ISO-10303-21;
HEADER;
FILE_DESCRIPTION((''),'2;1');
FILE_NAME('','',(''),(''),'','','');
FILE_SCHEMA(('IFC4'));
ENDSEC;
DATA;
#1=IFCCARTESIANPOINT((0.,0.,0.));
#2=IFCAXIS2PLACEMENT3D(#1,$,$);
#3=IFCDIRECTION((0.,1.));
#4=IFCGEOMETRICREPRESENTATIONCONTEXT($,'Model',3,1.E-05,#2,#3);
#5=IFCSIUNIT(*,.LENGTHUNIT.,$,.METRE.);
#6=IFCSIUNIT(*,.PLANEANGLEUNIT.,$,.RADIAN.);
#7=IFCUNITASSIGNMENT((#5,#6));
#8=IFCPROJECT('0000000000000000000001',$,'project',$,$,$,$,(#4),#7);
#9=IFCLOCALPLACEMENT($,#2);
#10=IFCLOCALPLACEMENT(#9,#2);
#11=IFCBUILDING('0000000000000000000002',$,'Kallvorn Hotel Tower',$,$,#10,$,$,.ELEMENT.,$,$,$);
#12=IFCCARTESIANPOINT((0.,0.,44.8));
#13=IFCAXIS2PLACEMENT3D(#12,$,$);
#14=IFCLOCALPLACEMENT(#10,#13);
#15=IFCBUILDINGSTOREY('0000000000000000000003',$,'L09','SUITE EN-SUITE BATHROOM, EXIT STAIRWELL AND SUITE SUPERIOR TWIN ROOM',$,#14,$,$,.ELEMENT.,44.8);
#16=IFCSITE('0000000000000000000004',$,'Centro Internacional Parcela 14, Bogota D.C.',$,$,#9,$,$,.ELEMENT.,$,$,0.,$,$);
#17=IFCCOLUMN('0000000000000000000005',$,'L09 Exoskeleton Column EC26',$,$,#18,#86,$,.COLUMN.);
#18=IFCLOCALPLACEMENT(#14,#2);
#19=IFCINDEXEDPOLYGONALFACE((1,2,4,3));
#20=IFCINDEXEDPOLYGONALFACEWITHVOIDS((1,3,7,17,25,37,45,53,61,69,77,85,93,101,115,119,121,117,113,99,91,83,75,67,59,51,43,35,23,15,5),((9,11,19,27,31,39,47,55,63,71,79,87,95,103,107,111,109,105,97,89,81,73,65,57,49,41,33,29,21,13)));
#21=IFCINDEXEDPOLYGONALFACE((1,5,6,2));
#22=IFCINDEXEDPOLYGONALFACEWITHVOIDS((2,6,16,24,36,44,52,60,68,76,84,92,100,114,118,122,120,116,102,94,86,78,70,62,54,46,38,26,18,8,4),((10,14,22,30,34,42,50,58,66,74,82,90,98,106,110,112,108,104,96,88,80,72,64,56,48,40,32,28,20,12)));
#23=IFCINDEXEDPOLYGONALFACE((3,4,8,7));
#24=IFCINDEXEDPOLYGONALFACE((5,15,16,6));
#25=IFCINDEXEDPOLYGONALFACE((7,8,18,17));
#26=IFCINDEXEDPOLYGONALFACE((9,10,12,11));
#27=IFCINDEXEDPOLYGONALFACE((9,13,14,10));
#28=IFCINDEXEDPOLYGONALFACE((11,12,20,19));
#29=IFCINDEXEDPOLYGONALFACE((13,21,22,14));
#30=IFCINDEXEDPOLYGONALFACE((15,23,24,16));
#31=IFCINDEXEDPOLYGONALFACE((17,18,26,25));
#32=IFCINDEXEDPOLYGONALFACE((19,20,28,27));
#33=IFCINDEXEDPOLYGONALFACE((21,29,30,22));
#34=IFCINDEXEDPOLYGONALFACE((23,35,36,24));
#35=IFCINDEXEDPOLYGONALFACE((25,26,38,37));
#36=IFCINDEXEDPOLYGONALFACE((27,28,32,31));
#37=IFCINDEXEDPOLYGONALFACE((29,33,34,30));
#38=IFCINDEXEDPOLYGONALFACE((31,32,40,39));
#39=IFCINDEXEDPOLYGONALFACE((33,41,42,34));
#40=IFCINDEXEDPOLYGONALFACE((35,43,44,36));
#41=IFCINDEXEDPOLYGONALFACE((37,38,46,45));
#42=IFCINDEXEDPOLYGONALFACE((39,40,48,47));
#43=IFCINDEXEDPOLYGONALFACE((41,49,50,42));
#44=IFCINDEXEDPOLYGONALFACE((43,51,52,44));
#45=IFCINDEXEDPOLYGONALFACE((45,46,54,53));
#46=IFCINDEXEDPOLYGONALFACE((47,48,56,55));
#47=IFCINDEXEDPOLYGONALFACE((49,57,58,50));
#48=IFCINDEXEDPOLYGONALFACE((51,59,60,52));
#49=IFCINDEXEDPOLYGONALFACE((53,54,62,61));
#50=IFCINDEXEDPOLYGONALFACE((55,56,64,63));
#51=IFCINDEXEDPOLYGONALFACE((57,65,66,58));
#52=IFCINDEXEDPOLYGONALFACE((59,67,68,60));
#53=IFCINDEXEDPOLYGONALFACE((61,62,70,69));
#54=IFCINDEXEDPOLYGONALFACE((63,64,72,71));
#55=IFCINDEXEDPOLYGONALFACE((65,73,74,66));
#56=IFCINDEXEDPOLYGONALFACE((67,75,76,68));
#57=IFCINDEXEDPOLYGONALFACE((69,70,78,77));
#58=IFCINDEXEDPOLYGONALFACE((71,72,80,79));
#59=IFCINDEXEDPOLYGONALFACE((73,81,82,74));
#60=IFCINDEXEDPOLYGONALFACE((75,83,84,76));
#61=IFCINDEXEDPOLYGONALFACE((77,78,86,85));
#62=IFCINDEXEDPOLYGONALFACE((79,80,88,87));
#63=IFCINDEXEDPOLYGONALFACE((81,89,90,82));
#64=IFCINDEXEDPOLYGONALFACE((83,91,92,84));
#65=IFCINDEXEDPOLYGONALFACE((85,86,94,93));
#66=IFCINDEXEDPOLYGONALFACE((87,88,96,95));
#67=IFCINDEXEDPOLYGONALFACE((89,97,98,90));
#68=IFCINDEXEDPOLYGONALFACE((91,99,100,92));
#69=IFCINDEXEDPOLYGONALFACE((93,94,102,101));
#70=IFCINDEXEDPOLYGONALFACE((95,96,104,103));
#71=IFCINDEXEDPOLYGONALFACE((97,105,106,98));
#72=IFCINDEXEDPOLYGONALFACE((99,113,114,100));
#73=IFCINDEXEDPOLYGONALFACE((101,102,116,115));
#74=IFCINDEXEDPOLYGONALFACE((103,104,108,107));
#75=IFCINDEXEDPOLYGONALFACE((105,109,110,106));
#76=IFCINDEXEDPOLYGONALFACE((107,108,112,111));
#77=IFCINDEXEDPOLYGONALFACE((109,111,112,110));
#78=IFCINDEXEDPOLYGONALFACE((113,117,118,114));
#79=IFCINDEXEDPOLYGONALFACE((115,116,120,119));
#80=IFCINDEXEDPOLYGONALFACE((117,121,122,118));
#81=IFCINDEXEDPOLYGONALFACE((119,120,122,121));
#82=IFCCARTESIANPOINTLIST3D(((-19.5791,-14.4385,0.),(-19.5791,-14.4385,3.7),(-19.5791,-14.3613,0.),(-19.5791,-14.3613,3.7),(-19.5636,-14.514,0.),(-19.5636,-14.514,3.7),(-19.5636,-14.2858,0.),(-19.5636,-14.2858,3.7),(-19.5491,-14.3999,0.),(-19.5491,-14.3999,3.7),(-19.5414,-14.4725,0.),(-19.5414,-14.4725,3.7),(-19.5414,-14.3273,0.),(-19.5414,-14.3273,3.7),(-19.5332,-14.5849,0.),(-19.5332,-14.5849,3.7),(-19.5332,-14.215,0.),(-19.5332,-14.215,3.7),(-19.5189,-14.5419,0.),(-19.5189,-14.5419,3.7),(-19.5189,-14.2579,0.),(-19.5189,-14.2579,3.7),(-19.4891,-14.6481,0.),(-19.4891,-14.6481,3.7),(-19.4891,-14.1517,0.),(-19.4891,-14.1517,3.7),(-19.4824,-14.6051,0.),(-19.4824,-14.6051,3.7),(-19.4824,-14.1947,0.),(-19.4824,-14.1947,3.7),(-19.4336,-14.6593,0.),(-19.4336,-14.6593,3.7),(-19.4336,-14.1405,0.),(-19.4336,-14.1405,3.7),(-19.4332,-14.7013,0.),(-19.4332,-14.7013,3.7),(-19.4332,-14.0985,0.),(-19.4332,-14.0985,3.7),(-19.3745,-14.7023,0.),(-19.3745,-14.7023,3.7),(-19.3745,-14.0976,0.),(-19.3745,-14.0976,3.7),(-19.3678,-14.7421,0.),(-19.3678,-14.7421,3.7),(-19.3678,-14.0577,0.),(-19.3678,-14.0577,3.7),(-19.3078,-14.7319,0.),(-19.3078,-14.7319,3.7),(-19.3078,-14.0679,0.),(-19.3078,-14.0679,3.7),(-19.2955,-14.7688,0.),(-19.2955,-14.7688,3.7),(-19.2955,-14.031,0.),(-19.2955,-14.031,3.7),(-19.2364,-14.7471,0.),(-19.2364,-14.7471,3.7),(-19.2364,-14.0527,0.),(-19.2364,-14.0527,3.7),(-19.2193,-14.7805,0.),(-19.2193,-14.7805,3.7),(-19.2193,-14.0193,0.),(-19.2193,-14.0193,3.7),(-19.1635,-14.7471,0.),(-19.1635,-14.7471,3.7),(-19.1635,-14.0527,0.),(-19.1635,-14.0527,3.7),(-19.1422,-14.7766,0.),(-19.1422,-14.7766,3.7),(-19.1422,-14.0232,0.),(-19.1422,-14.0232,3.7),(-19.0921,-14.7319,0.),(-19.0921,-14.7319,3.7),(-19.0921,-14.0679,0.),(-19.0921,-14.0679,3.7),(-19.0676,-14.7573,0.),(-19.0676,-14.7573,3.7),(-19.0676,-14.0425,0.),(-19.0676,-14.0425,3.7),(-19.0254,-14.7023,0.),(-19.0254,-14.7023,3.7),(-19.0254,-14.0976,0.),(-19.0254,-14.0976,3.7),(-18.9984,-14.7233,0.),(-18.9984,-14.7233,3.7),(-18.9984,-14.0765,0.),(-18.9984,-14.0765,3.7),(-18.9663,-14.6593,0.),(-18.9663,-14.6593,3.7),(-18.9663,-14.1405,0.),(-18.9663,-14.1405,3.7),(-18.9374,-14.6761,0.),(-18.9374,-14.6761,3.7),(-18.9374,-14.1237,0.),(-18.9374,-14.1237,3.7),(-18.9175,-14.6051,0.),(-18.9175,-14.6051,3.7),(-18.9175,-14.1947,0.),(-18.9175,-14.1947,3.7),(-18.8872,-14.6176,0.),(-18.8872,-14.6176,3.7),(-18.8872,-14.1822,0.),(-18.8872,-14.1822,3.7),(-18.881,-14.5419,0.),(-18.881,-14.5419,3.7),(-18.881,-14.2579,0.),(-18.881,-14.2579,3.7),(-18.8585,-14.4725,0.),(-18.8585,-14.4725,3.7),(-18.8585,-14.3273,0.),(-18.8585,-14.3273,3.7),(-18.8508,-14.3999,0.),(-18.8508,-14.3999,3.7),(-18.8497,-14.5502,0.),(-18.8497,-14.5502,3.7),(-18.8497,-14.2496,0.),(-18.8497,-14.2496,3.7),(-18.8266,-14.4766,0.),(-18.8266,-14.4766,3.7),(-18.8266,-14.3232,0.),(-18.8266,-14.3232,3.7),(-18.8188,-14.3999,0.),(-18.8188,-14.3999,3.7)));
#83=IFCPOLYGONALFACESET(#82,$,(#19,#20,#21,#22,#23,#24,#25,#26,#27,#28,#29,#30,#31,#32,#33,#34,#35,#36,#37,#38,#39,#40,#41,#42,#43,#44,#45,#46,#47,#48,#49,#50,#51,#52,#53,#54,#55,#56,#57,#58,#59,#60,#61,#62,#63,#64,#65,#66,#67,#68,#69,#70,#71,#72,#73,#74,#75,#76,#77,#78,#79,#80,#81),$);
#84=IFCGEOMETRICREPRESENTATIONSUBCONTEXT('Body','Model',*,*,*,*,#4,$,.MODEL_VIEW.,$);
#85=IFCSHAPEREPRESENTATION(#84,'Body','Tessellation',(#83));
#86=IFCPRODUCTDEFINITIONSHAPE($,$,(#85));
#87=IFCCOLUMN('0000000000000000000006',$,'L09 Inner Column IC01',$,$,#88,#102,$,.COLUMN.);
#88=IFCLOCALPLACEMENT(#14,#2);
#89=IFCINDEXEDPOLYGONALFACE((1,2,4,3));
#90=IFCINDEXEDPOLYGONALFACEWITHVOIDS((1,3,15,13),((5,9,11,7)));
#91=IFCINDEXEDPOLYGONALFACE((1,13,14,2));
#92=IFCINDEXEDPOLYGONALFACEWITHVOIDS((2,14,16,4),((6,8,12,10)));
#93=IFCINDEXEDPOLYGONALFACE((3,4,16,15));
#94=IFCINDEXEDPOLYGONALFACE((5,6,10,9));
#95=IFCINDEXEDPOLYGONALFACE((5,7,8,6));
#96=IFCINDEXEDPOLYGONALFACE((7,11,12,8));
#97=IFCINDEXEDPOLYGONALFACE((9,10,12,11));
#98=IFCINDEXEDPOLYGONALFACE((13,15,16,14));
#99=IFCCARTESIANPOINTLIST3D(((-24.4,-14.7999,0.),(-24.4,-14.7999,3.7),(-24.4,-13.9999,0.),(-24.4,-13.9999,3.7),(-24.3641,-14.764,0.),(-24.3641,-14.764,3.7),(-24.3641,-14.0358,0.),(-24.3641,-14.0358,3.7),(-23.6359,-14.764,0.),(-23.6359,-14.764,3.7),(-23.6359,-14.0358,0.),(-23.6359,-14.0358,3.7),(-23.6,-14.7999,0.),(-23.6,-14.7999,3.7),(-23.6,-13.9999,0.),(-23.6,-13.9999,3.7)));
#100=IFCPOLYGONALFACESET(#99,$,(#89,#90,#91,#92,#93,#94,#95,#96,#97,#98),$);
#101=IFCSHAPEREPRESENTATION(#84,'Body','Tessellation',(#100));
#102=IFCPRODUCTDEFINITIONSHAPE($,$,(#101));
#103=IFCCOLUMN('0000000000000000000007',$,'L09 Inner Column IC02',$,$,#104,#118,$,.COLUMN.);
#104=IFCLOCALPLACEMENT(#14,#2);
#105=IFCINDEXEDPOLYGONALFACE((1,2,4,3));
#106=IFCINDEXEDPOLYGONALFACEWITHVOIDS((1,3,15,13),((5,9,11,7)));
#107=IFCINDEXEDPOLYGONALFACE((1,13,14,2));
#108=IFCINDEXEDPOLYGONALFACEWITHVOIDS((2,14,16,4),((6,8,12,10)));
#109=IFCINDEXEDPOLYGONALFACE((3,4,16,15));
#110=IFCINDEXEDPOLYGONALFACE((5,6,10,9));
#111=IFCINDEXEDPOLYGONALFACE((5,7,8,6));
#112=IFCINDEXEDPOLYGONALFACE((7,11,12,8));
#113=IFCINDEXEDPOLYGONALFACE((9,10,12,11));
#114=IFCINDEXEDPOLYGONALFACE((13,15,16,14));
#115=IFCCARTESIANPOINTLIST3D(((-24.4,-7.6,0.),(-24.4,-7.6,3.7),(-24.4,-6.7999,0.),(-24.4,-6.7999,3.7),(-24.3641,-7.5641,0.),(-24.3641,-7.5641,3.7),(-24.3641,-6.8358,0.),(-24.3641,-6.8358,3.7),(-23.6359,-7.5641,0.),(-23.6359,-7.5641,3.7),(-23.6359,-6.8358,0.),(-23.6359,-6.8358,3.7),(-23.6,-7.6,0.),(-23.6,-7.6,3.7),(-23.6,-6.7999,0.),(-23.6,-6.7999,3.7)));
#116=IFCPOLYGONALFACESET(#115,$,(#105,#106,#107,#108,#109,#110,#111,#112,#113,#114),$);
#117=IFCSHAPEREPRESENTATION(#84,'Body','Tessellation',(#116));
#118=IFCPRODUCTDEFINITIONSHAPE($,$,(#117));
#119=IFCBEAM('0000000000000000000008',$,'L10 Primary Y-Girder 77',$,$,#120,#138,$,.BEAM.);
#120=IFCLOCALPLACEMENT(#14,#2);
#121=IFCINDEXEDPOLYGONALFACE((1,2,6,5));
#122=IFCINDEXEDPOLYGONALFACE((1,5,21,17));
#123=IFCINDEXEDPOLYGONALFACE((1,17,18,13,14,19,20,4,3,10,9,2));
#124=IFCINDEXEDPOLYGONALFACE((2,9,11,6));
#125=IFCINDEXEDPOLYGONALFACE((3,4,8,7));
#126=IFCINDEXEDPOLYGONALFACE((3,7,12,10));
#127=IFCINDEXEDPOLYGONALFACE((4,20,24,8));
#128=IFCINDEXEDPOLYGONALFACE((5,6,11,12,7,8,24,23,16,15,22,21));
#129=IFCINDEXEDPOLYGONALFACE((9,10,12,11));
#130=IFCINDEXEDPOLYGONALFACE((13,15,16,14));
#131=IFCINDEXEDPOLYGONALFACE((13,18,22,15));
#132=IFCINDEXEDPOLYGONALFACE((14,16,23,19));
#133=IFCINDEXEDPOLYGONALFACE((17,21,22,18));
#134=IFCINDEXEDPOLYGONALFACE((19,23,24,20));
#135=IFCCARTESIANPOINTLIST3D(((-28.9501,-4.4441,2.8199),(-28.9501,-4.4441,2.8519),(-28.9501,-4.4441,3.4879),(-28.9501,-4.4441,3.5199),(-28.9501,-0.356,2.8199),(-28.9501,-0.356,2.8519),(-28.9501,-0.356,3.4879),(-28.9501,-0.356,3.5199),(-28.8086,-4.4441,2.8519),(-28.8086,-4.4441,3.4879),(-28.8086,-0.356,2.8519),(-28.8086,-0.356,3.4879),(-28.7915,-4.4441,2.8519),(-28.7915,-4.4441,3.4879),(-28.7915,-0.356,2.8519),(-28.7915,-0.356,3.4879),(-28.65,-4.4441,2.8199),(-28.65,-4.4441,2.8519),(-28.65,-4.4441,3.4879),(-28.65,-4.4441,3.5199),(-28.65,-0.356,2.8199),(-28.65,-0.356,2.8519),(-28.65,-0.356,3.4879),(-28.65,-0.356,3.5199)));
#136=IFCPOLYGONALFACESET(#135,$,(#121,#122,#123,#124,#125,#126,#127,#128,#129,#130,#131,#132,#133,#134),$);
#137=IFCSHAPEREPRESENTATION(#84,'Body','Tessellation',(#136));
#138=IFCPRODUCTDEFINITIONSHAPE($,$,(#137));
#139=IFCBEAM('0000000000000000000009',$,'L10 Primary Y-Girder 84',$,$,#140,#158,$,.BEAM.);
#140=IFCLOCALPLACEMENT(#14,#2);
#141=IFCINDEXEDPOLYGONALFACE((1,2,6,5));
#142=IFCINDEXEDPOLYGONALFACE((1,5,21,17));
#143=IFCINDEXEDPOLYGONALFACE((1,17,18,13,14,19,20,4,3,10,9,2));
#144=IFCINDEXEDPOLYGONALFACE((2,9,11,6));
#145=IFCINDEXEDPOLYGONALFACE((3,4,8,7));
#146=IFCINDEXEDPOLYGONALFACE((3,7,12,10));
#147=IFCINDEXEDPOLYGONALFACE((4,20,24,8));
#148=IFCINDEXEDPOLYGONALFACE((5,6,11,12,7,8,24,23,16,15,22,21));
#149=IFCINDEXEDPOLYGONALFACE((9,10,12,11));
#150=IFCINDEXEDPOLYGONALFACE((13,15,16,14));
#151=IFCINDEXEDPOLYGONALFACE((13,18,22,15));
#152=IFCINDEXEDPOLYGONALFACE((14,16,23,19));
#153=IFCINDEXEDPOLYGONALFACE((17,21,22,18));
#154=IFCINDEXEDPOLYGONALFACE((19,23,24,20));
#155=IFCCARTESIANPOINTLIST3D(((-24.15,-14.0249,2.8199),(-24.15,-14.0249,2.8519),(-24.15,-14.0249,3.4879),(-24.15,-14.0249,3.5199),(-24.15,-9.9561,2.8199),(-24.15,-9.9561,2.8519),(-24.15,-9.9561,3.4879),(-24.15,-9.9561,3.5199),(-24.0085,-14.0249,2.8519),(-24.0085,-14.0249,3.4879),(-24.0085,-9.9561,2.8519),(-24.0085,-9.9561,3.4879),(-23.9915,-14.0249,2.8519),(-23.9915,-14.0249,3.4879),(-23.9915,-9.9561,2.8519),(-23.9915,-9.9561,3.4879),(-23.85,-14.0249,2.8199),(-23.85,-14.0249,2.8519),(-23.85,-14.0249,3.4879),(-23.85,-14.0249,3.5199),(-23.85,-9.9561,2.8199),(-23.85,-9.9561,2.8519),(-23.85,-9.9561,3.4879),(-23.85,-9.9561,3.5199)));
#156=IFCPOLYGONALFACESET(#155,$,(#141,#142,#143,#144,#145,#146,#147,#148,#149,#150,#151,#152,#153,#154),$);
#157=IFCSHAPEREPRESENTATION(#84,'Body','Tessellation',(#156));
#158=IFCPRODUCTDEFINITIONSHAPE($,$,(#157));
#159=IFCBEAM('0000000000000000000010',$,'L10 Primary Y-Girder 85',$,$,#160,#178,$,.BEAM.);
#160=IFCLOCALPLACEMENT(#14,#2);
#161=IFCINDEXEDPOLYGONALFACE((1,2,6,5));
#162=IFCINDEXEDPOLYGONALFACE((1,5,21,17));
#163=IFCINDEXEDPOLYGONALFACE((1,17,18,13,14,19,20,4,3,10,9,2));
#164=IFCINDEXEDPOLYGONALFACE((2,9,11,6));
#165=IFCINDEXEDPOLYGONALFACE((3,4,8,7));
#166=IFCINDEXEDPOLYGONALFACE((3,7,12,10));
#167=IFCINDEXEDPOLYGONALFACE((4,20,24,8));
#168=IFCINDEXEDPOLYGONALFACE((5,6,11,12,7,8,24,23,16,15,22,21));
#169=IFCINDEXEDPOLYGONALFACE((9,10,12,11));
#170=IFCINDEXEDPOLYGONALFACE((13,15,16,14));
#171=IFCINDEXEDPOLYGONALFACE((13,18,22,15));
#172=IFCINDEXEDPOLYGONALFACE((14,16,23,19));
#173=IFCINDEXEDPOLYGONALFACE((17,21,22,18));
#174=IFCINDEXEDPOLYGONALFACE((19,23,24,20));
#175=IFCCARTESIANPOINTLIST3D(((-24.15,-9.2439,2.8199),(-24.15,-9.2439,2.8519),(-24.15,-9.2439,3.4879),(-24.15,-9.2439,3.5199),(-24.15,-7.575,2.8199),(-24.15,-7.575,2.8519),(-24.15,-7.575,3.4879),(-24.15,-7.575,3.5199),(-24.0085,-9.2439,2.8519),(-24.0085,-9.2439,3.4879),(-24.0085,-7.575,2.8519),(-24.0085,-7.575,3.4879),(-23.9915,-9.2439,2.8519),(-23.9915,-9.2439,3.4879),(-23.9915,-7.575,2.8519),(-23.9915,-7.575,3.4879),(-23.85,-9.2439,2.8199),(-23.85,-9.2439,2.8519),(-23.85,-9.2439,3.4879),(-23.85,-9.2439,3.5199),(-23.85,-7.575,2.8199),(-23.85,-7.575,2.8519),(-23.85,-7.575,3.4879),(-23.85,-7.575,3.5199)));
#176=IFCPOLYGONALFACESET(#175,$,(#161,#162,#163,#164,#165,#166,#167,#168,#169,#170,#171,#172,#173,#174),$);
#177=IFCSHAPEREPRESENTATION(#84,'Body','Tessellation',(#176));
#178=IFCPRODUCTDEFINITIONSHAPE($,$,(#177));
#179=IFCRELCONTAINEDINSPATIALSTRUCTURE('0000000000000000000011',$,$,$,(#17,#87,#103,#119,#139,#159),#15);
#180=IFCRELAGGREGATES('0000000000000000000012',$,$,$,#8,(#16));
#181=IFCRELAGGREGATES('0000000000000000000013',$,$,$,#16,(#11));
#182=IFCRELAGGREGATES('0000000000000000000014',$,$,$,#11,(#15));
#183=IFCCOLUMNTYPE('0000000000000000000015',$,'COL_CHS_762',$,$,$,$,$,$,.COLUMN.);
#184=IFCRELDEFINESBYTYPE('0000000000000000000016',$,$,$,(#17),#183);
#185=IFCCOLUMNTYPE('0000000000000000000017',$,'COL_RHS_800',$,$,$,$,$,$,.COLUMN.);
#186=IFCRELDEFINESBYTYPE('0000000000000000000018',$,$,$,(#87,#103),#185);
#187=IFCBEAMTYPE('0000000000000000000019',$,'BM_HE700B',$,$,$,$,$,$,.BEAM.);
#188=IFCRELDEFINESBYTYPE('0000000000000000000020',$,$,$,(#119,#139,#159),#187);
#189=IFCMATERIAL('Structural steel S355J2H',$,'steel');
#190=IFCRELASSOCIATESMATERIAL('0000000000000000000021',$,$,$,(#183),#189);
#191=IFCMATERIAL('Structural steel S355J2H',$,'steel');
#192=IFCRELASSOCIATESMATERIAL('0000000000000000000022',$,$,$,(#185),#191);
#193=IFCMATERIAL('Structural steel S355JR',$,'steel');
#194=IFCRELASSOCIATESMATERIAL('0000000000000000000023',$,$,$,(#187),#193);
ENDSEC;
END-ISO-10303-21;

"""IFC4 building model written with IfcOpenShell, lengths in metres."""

from ifc_helpers import new_model, si_unit, direction, frame, origin, origin_2d, place, context, subcontext, project, spatial, hollow_rectangle, hollow_circle, i_section, extrude, material, material_profile, profile_set, type_object, element, save


model = new_model("IFC4")

# Units and contexts
model_context = context("Model", 3, precision=1e-05, world=origin(), true_north=direction((0.0, 1.0)))
body_context = subcontext(model_context, "Body", "Model", "MODEL_VIEW")
ifc_project = project(units=[si_unit("LENGTHUNIT", "METRE"), si_unit("PLANEANGLEUNIT", "RADIAN")], contexts=[model_context])

# Site, building, storey
site_placement = place(None, origin())
site = spatial("IfcSite", under=ifc_project, at=site_placement, Name="Centro Internacional Parcela 14, Bogota D.C.", CompositionType="ELEMENT", RefElevation=0.0)
building_placement = place(site_placement, origin())
building = spatial("IfcBuilding", under=site, at=building_placement, Name="Kallvorn Hotel Tower", CompositionType="ELEMENT")
storey_placement = place(building_placement, frame((0.0, 0.0, 44.8)))
storey = spatial("IfcBuildingStorey", under=building, at=storey_placement, Name="L09", Description="SUITE EN-SUITE BATHROOM, EXIT STAIRWELL AND SUITE SUPERIOR TWIN ROOM", CompositionType="ELEMENT", Elevation=44.8)

# Columns
ifc_material_1 = material(Name="Structural steel S355J2H", Category="steel")
ifc_material_profile_1 = material_profile(ifc_material_1, hollow_circle(Radius=0.3811, WallThickness=0.032, at=origin_2d()), Name="CHS 762x32")
ifc_profile_set_1 = profile_set([ifc_material_profile_1], Name="Structural steel S355J2H")
column_type_1 = type_object("IfcColumnType", Name="COL_CHS_762", PredefinedType="COLUMN", material=ifc_profile_set_1)
for number, where, z_axis, x_axis, name in (
    (1, (-19.2, -14.3999, 0.0), (0.0, 0.0, 1.0), (1.0, 0.0, 0.0), "L09 Exoskeleton Column EC26"),
):
    element("IfcColumn", number, at=place(storey_placement, frame(where, z_axis=z_axis, x_axis=x_axis)), inside=storey, type_object=column_type_1, Name=name, PredefinedType="COLUMN", context=body_context, shape_type="SweptSolid", body=[
        extrude(hollow_circle(Radius=0.3811, WallThickness=0.032, at=origin_2d()), origin(), (0.0, 0.0, 1.0), 3.7),
    ])
ifc_material_2 = material(Name="Structural steel S355J2H", Category="steel")
ifc_material_profile_2 = material_profile(ifc_material_2, hollow_rectangle(XDim=0.8, YDim=0.8, WallThickness=0.0359, at=origin_2d()), Name="RHS 800x800x36")
ifc_profile_set_2 = profile_set([ifc_material_profile_2], Name="Structural steel S355J2H")
column_type_2 = type_object("IfcColumnType", Name="COL_RHS_800", PredefinedType="COLUMN", material=ifc_profile_set_2)
for number, where, z_axis, x_axis, name in (
    (2, (-24.0, -14.3999, 0.0), (0.0, 0.0, 1.0), (1.0, 0.0, 0.0), "L09 Inner Column IC01"),
    (3, (-24.0, -7.2, 0.0), (0.0, 0.0, 1.0), (1.0, 0.0, 0.0), "L09 Inner Column IC02"),
):
    element("IfcColumn", number, at=place(storey_placement, frame(where, z_axis=z_axis, x_axis=x_axis)), inside=storey, type_object=column_type_2, Name=name, PredefinedType="COLUMN", context=body_context, shape_type="SweptSolid", body=[
        extrude(hollow_rectangle(XDim=0.8, YDim=0.8, WallThickness=0.0359, at=origin_2d()), origin(), (0.0, 0.0, 1.0), 3.7),
    ])

# Beams
ifc_material_3 = material(Name="Structural steel S355JR", Category="steel")
ifc_material_profile_3 = material_profile(ifc_material_3, i_section(OverallWidth=0.3, OverallDepth=0.7, WebThickness=0.0171, FlangeThickness=0.032, at=origin_2d()), Name="HE 700 B")
ifc_profile_set_3 = profile_set([ifc_material_profile_3], Name="Structural steel S355JR")
beam_type_1 = type_object("IfcBeamType", Name="BM_HE700B", PredefinedType="BEAM", material=ifc_profile_set_3)
beam_1_placement = place(storey_placement, frame((-28.8, -4.4441, 3.1699), z_axis=(0.0, 1.0, 0.0), x_axis=(-1.0, 0.0, 0.0)))
element("IfcBeam", 4, at=beam_1_placement, inside=storey, type_object=beam_type_1, Name="L10 Primary Y-Girder 77", PredefinedType="BEAM", context=body_context, shape_type="SweptSolid", body=[
    extrude(i_section(OverallWidth=0.3, OverallDepth=0.7, WebThickness=0.0171, FlangeThickness=0.032, at=origin_2d()), origin(), (0.0, 0.0, 1.0), 4.0881),
])
beam_2_placement = place(storey_placement, frame((-24.0, -14.0249, 3.1699), z_axis=(0.0, 1.0, 0.0), x_axis=(-1.0, 0.0, 0.0)))
element("IfcBeam", 5, at=beam_2_placement, inside=storey, type_object=beam_type_1, Name="L10 Primary Y-Girder 84", PredefinedType="BEAM", context=body_context, shape_type="SweptSolid", body=[
    extrude(i_section(OverallWidth=0.3, OverallDepth=0.7, WebThickness=0.0171, FlangeThickness=0.032, at=origin_2d()), origin(), (0.0, 0.0, 1.0), 4.0688),
])
beam_3_placement = place(storey_placement, frame((-24.0, -9.2439, 3.1699), z_axis=(0.0, 1.0, 0.0), x_axis=(-1.0, 0.0, 0.0)))
element("IfcBeam", 6, at=beam_3_placement, inside=storey, type_object=beam_type_1, Name="L10 Primary Y-Girder 85", PredefinedType="BEAM", context=body_context, shape_type="SweptSolid", body=[
    extrude(i_section(OverallWidth=0.3, OverallDepth=0.7, WebThickness=0.0171, FlangeThickness=0.032, at=origin_2d()), origin(), (0.0, 0.0, 1.0), 1.6689),
])

save(model, "model.ifc")
